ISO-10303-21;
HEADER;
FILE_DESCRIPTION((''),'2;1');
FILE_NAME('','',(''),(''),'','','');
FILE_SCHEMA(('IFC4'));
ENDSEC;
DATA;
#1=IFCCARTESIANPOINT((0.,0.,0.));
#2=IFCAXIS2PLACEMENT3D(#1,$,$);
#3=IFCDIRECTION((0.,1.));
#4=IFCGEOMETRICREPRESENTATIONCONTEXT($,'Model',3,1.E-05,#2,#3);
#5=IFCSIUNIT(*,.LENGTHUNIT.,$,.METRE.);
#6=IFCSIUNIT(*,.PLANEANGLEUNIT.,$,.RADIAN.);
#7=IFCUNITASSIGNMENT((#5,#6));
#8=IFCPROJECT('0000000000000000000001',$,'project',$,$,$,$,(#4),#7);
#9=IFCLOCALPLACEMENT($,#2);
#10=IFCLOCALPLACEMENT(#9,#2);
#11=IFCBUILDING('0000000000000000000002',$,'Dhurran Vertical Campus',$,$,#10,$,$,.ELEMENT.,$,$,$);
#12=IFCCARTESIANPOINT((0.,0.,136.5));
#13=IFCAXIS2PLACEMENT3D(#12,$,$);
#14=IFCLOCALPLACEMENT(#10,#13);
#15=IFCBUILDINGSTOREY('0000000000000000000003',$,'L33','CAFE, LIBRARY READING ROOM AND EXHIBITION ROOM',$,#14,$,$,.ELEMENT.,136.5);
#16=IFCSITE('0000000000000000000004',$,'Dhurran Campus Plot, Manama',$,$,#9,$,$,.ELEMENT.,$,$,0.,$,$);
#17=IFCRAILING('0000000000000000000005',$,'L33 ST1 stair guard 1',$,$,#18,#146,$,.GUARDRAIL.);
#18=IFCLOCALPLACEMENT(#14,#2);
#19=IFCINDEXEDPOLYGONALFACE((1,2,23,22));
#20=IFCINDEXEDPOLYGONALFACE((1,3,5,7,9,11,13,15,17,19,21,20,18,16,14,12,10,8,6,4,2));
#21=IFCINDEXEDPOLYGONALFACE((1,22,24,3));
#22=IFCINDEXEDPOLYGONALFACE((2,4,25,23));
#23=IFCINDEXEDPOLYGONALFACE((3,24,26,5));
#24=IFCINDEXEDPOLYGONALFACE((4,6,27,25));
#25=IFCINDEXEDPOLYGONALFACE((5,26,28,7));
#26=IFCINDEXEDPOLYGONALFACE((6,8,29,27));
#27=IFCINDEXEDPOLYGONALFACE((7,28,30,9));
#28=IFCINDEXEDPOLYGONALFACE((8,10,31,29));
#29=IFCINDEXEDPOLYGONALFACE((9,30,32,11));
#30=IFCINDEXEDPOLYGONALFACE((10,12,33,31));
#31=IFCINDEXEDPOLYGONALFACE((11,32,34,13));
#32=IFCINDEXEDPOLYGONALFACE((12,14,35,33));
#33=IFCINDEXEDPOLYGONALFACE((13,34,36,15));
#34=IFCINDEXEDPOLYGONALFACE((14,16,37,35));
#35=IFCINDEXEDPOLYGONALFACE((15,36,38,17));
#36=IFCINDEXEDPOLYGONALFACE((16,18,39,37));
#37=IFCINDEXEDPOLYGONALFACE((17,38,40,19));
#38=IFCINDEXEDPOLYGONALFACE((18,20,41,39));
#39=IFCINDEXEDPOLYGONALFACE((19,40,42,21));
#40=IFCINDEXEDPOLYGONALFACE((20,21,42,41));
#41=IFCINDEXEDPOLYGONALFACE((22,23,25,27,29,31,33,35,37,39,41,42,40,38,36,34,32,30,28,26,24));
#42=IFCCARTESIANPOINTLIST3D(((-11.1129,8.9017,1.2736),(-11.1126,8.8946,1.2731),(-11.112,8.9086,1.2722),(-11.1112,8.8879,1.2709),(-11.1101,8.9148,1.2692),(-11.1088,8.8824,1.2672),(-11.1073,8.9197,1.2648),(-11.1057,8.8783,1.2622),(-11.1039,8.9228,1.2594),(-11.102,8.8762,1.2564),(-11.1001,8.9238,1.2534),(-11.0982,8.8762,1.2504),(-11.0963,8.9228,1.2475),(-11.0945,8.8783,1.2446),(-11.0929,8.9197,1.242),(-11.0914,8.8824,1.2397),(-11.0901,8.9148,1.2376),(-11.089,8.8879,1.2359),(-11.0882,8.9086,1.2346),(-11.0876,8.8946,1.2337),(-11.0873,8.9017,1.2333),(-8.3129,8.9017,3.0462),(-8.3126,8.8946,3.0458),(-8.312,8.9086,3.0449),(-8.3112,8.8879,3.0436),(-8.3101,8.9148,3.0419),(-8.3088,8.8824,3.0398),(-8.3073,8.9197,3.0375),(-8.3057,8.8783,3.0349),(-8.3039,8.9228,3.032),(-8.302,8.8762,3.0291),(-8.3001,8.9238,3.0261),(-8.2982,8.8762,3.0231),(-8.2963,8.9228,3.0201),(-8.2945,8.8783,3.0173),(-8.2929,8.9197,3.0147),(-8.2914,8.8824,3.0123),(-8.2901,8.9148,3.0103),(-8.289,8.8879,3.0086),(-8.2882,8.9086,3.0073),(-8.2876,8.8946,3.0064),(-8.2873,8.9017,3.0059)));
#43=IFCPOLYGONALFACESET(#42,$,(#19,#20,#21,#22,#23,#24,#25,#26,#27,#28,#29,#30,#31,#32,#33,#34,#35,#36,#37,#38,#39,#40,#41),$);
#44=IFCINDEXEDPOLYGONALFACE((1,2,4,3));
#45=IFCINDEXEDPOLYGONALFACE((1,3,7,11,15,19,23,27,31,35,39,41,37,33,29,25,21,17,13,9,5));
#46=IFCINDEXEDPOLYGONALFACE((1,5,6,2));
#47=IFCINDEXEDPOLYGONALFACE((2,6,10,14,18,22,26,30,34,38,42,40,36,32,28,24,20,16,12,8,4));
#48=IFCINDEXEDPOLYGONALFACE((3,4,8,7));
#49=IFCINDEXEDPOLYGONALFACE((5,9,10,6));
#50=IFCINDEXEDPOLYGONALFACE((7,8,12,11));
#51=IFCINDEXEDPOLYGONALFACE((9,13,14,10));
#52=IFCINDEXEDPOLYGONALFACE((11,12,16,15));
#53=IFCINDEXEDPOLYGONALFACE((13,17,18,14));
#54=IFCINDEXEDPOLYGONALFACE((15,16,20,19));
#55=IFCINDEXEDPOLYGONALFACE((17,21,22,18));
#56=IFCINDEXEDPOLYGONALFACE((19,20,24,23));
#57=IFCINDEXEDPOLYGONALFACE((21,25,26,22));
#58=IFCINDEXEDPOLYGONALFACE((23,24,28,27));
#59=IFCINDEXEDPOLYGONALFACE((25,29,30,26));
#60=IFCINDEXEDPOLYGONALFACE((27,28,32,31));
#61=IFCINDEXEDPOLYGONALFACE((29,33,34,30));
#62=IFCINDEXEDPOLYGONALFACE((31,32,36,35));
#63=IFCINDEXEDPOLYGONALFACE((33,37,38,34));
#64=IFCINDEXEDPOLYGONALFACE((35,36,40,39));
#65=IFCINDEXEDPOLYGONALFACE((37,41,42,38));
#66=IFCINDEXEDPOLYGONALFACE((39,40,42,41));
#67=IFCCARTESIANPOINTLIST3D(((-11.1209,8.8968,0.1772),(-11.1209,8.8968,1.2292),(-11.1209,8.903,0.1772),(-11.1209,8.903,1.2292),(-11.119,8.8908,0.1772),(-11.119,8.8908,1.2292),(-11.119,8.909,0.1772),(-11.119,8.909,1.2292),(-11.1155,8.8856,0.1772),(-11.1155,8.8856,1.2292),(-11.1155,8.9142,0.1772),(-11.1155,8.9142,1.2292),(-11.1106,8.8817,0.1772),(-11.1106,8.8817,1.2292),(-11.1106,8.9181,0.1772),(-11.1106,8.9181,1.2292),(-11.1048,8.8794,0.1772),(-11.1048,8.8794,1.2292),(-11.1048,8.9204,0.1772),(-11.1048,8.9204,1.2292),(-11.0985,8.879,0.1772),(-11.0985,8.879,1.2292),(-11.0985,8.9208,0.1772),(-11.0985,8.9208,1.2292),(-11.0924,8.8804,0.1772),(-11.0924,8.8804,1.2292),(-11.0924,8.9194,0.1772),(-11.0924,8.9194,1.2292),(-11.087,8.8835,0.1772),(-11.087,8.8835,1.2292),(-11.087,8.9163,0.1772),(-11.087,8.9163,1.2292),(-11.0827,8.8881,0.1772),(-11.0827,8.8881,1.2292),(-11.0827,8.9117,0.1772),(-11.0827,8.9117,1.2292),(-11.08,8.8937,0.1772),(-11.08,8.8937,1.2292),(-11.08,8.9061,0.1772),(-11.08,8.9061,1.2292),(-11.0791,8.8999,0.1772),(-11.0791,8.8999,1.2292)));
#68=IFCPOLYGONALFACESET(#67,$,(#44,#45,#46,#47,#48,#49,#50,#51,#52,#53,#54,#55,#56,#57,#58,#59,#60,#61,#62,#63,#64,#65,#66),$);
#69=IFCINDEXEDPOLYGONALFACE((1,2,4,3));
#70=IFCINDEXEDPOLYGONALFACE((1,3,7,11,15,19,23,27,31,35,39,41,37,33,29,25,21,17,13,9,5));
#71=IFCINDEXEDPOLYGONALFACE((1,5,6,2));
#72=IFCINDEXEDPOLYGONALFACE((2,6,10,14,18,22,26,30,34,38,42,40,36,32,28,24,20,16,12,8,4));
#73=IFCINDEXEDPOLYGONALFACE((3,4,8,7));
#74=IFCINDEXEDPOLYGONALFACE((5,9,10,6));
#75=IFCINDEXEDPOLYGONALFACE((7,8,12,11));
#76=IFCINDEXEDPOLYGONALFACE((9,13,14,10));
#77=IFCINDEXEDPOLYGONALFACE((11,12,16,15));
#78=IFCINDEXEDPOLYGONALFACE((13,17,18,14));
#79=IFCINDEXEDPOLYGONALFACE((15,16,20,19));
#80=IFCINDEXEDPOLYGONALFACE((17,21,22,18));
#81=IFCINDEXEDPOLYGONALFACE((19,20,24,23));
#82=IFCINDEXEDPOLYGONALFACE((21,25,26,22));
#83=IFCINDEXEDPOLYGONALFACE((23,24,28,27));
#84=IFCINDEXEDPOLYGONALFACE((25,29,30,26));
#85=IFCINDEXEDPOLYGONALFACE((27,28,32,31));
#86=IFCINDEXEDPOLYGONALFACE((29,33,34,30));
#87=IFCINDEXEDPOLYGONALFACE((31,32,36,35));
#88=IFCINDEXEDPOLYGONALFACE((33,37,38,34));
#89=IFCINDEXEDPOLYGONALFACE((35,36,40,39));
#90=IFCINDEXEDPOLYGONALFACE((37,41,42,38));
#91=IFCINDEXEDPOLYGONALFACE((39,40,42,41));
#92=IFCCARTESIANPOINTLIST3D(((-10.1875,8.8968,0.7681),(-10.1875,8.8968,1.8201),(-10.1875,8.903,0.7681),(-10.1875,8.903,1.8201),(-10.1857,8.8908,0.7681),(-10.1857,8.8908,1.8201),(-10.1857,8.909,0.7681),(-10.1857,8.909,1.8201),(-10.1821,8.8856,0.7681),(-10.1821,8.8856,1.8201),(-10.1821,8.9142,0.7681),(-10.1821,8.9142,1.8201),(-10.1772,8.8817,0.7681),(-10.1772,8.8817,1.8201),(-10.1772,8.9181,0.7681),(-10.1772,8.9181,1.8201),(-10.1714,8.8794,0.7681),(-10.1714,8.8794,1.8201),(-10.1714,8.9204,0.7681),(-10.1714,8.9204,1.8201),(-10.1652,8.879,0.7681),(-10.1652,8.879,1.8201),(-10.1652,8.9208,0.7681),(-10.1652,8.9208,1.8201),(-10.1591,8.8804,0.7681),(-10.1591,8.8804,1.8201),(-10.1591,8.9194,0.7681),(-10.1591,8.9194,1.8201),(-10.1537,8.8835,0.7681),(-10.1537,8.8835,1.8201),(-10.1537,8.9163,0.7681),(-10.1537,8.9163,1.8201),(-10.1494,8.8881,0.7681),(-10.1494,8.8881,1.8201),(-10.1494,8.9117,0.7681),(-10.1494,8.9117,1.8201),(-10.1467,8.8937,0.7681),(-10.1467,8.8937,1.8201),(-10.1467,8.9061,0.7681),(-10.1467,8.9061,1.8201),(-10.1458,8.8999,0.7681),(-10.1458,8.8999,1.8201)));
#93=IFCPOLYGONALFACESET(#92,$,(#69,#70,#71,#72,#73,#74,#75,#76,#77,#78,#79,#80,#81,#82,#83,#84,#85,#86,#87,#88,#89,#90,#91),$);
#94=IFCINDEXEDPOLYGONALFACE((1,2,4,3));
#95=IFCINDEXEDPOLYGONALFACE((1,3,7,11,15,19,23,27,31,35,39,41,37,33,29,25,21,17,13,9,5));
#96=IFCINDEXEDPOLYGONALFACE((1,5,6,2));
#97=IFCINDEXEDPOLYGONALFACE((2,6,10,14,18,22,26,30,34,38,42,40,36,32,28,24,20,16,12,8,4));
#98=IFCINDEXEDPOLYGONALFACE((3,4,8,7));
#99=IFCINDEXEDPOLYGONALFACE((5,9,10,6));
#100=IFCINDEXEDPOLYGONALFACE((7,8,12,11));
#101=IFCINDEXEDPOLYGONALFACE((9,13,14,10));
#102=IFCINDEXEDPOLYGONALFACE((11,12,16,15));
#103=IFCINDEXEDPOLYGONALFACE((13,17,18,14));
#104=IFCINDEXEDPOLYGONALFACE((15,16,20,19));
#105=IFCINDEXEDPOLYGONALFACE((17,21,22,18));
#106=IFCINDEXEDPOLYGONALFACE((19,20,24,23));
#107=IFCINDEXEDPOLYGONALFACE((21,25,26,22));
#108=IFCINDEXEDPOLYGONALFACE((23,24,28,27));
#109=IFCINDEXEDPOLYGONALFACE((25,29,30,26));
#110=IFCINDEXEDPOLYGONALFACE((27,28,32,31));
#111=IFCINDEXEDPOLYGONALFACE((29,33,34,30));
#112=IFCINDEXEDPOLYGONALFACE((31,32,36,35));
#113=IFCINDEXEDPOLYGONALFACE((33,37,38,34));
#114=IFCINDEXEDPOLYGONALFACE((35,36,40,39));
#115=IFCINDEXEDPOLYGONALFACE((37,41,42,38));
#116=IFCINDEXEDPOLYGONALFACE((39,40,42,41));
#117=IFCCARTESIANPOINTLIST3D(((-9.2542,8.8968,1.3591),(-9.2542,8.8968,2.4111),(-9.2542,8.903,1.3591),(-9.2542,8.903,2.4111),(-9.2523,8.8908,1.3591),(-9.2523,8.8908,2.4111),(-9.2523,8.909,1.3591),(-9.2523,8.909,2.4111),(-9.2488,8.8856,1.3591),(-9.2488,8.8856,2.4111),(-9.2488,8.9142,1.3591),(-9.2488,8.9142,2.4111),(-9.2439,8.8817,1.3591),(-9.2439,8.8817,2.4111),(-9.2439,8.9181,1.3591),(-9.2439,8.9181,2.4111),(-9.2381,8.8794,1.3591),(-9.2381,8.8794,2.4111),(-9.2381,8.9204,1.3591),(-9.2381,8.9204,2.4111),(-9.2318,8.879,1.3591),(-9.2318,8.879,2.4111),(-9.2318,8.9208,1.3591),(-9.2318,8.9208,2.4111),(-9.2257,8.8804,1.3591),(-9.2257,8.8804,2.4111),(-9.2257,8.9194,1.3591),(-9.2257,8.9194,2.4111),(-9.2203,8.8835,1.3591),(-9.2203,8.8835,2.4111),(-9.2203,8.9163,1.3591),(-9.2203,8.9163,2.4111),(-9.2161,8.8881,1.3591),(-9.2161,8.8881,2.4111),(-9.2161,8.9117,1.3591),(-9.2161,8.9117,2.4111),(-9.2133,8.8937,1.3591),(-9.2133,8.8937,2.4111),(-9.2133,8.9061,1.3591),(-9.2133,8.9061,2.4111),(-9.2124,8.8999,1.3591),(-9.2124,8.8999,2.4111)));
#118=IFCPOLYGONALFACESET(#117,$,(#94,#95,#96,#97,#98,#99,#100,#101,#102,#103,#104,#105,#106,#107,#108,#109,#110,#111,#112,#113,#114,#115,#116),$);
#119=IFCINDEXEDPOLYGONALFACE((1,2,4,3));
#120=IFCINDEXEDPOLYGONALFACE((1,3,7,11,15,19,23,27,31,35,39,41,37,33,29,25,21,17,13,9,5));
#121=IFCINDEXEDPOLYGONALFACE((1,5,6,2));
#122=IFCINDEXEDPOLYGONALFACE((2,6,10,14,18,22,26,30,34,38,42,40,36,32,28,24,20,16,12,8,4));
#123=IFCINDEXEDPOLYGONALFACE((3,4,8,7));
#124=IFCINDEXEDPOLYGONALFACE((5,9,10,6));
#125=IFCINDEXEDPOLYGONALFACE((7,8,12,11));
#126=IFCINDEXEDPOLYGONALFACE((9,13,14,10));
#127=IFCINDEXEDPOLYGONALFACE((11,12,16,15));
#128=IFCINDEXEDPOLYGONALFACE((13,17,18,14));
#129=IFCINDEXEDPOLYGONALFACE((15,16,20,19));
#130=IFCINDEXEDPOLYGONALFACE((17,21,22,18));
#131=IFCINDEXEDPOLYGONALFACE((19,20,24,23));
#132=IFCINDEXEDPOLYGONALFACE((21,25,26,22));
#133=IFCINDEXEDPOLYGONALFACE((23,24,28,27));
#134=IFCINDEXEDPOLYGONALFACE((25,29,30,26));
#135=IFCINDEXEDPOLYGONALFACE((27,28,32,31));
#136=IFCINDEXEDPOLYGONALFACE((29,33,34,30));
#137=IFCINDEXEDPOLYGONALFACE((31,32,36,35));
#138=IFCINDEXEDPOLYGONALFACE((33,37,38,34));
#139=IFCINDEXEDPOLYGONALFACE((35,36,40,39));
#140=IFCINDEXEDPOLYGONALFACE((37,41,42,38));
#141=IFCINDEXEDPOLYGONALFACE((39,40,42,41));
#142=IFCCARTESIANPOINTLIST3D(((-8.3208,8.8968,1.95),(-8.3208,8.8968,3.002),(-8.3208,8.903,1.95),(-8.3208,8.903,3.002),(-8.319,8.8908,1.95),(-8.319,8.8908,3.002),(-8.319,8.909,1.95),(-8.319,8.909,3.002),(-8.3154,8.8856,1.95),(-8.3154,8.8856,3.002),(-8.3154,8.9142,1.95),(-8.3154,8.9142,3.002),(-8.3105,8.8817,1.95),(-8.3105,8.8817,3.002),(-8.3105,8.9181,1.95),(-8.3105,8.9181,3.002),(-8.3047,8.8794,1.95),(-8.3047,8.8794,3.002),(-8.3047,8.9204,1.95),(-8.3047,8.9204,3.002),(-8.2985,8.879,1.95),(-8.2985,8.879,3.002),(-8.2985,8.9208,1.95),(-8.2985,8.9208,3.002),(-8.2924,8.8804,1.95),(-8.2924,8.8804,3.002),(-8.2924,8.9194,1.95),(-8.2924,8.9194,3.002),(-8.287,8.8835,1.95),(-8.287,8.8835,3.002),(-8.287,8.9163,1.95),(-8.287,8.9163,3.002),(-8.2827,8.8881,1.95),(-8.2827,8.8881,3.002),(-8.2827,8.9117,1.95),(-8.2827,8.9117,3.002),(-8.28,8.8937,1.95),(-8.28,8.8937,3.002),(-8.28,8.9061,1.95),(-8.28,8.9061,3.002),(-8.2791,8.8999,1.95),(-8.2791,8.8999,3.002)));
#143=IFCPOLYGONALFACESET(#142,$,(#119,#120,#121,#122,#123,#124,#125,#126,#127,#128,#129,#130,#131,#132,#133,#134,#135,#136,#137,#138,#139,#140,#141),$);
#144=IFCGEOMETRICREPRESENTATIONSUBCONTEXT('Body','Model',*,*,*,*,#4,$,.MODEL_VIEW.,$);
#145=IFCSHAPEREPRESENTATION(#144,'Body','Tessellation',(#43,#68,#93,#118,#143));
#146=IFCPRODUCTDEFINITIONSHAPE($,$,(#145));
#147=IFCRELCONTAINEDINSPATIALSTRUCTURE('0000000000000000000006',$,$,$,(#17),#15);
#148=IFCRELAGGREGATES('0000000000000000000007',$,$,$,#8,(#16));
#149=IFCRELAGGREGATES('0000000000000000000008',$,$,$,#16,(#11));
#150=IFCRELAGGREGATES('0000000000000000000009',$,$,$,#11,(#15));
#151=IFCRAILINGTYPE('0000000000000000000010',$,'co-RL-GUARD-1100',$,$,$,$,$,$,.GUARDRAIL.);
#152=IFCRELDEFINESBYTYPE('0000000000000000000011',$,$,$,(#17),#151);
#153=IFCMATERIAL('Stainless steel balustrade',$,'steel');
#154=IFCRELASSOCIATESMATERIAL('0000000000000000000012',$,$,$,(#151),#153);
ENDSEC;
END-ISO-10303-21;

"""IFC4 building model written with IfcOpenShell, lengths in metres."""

from ifc_helpers import new_model, si_unit, direction, frame, origin, origin_2d, place, context, subcontext, project, spatial, circle, extrude, material, type_object, element, save


model = new_model("IFC4")

# Units and contexts
model_context = context("Model", 3, precision=1e-05, world=origin(), true_north=direction((0.0, 1.0)))
body_context = subcontext(model_context, "Body", "Model", "MODEL_VIEW")
ifc_project = project(units=[si_unit("LENGTHUNIT", "METRE"), si_unit("PLANEANGLEUNIT", "RADIAN")], contexts=[model_context])

# Site, building, storey
site_placement = place(None, origin())
site = spatial("IfcSite", under=ifc_project, at=site_placement, Name="Dhurran Campus Plot, Manama", CompositionType="ELEMENT", RefElevation=0.0)
building_placement = place(site_placement, origin())
building = spatial("IfcBuilding", under=site, at=building_placement, Name="Dhurran Vertical Campus", CompositionType="ELEMENT")
storey_placement = place(building_placement, frame((0.0, 0.0, 136.5)))
storey = spatial("IfcBuildingStorey", under=building, at=storey_placement, Name="L33", Description="CAFE, LIBRARY READING ROOM AND EXHIBITION ROOM", CompositionType="ELEMENT", Elevation=136.5)

# Railing
ifc_material_1 = material(Name="Stainless steel balustrade", Category="steel")
railing_type_1 = type_object("IfcRailingType", Name="co-RL-GUARD-1100", PredefinedType="GUARDRAIL", material=ifc_material_1)
railing_1_placement = place(storey_placement, frame((-11.1001, 8.8999, 0.1772)))
element("IfcRailing", 1, at=railing_1_placement, inside=storey, type_object=railing_type_1, Name="L33 ST1 stair guard 1", PredefinedType="GUARDRAIL", context=body_context, shape_type="SweptSolid", body=[
    extrude(circle(Radius=0.0239, at=origin_2d()), frame((0.0, 0.0, 1.0762), z_axis=(0.844909, 0.0, 0.53491), x_axis=(0.0, 1.0, 0.0)), (0.0, 0.0, 1.0), 3.314),
    extrude(circle(Radius=0.021, at=origin_2d()), origin(), (0.0, 0.0, 1.0), 1.052),
    extrude(circle(Radius=0.021, at=origin_2d()), frame((0.9333, 0.0, 0.5908)), (0.0, 0.0, 1.0), 1.052),
    extrude(circle(Radius=0.021, at=origin_2d()), frame((1.8667, 0.0, 1.1819)), (0.0, 0.0, 1.0), 1.052),
    extrude(circle(Radius=0.021, at=origin_2d()), frame((2.8, 0.0, 1.7727)), (0.0, 0.0, 1.0), 1.052),
])

save(model, "model.ifc")
